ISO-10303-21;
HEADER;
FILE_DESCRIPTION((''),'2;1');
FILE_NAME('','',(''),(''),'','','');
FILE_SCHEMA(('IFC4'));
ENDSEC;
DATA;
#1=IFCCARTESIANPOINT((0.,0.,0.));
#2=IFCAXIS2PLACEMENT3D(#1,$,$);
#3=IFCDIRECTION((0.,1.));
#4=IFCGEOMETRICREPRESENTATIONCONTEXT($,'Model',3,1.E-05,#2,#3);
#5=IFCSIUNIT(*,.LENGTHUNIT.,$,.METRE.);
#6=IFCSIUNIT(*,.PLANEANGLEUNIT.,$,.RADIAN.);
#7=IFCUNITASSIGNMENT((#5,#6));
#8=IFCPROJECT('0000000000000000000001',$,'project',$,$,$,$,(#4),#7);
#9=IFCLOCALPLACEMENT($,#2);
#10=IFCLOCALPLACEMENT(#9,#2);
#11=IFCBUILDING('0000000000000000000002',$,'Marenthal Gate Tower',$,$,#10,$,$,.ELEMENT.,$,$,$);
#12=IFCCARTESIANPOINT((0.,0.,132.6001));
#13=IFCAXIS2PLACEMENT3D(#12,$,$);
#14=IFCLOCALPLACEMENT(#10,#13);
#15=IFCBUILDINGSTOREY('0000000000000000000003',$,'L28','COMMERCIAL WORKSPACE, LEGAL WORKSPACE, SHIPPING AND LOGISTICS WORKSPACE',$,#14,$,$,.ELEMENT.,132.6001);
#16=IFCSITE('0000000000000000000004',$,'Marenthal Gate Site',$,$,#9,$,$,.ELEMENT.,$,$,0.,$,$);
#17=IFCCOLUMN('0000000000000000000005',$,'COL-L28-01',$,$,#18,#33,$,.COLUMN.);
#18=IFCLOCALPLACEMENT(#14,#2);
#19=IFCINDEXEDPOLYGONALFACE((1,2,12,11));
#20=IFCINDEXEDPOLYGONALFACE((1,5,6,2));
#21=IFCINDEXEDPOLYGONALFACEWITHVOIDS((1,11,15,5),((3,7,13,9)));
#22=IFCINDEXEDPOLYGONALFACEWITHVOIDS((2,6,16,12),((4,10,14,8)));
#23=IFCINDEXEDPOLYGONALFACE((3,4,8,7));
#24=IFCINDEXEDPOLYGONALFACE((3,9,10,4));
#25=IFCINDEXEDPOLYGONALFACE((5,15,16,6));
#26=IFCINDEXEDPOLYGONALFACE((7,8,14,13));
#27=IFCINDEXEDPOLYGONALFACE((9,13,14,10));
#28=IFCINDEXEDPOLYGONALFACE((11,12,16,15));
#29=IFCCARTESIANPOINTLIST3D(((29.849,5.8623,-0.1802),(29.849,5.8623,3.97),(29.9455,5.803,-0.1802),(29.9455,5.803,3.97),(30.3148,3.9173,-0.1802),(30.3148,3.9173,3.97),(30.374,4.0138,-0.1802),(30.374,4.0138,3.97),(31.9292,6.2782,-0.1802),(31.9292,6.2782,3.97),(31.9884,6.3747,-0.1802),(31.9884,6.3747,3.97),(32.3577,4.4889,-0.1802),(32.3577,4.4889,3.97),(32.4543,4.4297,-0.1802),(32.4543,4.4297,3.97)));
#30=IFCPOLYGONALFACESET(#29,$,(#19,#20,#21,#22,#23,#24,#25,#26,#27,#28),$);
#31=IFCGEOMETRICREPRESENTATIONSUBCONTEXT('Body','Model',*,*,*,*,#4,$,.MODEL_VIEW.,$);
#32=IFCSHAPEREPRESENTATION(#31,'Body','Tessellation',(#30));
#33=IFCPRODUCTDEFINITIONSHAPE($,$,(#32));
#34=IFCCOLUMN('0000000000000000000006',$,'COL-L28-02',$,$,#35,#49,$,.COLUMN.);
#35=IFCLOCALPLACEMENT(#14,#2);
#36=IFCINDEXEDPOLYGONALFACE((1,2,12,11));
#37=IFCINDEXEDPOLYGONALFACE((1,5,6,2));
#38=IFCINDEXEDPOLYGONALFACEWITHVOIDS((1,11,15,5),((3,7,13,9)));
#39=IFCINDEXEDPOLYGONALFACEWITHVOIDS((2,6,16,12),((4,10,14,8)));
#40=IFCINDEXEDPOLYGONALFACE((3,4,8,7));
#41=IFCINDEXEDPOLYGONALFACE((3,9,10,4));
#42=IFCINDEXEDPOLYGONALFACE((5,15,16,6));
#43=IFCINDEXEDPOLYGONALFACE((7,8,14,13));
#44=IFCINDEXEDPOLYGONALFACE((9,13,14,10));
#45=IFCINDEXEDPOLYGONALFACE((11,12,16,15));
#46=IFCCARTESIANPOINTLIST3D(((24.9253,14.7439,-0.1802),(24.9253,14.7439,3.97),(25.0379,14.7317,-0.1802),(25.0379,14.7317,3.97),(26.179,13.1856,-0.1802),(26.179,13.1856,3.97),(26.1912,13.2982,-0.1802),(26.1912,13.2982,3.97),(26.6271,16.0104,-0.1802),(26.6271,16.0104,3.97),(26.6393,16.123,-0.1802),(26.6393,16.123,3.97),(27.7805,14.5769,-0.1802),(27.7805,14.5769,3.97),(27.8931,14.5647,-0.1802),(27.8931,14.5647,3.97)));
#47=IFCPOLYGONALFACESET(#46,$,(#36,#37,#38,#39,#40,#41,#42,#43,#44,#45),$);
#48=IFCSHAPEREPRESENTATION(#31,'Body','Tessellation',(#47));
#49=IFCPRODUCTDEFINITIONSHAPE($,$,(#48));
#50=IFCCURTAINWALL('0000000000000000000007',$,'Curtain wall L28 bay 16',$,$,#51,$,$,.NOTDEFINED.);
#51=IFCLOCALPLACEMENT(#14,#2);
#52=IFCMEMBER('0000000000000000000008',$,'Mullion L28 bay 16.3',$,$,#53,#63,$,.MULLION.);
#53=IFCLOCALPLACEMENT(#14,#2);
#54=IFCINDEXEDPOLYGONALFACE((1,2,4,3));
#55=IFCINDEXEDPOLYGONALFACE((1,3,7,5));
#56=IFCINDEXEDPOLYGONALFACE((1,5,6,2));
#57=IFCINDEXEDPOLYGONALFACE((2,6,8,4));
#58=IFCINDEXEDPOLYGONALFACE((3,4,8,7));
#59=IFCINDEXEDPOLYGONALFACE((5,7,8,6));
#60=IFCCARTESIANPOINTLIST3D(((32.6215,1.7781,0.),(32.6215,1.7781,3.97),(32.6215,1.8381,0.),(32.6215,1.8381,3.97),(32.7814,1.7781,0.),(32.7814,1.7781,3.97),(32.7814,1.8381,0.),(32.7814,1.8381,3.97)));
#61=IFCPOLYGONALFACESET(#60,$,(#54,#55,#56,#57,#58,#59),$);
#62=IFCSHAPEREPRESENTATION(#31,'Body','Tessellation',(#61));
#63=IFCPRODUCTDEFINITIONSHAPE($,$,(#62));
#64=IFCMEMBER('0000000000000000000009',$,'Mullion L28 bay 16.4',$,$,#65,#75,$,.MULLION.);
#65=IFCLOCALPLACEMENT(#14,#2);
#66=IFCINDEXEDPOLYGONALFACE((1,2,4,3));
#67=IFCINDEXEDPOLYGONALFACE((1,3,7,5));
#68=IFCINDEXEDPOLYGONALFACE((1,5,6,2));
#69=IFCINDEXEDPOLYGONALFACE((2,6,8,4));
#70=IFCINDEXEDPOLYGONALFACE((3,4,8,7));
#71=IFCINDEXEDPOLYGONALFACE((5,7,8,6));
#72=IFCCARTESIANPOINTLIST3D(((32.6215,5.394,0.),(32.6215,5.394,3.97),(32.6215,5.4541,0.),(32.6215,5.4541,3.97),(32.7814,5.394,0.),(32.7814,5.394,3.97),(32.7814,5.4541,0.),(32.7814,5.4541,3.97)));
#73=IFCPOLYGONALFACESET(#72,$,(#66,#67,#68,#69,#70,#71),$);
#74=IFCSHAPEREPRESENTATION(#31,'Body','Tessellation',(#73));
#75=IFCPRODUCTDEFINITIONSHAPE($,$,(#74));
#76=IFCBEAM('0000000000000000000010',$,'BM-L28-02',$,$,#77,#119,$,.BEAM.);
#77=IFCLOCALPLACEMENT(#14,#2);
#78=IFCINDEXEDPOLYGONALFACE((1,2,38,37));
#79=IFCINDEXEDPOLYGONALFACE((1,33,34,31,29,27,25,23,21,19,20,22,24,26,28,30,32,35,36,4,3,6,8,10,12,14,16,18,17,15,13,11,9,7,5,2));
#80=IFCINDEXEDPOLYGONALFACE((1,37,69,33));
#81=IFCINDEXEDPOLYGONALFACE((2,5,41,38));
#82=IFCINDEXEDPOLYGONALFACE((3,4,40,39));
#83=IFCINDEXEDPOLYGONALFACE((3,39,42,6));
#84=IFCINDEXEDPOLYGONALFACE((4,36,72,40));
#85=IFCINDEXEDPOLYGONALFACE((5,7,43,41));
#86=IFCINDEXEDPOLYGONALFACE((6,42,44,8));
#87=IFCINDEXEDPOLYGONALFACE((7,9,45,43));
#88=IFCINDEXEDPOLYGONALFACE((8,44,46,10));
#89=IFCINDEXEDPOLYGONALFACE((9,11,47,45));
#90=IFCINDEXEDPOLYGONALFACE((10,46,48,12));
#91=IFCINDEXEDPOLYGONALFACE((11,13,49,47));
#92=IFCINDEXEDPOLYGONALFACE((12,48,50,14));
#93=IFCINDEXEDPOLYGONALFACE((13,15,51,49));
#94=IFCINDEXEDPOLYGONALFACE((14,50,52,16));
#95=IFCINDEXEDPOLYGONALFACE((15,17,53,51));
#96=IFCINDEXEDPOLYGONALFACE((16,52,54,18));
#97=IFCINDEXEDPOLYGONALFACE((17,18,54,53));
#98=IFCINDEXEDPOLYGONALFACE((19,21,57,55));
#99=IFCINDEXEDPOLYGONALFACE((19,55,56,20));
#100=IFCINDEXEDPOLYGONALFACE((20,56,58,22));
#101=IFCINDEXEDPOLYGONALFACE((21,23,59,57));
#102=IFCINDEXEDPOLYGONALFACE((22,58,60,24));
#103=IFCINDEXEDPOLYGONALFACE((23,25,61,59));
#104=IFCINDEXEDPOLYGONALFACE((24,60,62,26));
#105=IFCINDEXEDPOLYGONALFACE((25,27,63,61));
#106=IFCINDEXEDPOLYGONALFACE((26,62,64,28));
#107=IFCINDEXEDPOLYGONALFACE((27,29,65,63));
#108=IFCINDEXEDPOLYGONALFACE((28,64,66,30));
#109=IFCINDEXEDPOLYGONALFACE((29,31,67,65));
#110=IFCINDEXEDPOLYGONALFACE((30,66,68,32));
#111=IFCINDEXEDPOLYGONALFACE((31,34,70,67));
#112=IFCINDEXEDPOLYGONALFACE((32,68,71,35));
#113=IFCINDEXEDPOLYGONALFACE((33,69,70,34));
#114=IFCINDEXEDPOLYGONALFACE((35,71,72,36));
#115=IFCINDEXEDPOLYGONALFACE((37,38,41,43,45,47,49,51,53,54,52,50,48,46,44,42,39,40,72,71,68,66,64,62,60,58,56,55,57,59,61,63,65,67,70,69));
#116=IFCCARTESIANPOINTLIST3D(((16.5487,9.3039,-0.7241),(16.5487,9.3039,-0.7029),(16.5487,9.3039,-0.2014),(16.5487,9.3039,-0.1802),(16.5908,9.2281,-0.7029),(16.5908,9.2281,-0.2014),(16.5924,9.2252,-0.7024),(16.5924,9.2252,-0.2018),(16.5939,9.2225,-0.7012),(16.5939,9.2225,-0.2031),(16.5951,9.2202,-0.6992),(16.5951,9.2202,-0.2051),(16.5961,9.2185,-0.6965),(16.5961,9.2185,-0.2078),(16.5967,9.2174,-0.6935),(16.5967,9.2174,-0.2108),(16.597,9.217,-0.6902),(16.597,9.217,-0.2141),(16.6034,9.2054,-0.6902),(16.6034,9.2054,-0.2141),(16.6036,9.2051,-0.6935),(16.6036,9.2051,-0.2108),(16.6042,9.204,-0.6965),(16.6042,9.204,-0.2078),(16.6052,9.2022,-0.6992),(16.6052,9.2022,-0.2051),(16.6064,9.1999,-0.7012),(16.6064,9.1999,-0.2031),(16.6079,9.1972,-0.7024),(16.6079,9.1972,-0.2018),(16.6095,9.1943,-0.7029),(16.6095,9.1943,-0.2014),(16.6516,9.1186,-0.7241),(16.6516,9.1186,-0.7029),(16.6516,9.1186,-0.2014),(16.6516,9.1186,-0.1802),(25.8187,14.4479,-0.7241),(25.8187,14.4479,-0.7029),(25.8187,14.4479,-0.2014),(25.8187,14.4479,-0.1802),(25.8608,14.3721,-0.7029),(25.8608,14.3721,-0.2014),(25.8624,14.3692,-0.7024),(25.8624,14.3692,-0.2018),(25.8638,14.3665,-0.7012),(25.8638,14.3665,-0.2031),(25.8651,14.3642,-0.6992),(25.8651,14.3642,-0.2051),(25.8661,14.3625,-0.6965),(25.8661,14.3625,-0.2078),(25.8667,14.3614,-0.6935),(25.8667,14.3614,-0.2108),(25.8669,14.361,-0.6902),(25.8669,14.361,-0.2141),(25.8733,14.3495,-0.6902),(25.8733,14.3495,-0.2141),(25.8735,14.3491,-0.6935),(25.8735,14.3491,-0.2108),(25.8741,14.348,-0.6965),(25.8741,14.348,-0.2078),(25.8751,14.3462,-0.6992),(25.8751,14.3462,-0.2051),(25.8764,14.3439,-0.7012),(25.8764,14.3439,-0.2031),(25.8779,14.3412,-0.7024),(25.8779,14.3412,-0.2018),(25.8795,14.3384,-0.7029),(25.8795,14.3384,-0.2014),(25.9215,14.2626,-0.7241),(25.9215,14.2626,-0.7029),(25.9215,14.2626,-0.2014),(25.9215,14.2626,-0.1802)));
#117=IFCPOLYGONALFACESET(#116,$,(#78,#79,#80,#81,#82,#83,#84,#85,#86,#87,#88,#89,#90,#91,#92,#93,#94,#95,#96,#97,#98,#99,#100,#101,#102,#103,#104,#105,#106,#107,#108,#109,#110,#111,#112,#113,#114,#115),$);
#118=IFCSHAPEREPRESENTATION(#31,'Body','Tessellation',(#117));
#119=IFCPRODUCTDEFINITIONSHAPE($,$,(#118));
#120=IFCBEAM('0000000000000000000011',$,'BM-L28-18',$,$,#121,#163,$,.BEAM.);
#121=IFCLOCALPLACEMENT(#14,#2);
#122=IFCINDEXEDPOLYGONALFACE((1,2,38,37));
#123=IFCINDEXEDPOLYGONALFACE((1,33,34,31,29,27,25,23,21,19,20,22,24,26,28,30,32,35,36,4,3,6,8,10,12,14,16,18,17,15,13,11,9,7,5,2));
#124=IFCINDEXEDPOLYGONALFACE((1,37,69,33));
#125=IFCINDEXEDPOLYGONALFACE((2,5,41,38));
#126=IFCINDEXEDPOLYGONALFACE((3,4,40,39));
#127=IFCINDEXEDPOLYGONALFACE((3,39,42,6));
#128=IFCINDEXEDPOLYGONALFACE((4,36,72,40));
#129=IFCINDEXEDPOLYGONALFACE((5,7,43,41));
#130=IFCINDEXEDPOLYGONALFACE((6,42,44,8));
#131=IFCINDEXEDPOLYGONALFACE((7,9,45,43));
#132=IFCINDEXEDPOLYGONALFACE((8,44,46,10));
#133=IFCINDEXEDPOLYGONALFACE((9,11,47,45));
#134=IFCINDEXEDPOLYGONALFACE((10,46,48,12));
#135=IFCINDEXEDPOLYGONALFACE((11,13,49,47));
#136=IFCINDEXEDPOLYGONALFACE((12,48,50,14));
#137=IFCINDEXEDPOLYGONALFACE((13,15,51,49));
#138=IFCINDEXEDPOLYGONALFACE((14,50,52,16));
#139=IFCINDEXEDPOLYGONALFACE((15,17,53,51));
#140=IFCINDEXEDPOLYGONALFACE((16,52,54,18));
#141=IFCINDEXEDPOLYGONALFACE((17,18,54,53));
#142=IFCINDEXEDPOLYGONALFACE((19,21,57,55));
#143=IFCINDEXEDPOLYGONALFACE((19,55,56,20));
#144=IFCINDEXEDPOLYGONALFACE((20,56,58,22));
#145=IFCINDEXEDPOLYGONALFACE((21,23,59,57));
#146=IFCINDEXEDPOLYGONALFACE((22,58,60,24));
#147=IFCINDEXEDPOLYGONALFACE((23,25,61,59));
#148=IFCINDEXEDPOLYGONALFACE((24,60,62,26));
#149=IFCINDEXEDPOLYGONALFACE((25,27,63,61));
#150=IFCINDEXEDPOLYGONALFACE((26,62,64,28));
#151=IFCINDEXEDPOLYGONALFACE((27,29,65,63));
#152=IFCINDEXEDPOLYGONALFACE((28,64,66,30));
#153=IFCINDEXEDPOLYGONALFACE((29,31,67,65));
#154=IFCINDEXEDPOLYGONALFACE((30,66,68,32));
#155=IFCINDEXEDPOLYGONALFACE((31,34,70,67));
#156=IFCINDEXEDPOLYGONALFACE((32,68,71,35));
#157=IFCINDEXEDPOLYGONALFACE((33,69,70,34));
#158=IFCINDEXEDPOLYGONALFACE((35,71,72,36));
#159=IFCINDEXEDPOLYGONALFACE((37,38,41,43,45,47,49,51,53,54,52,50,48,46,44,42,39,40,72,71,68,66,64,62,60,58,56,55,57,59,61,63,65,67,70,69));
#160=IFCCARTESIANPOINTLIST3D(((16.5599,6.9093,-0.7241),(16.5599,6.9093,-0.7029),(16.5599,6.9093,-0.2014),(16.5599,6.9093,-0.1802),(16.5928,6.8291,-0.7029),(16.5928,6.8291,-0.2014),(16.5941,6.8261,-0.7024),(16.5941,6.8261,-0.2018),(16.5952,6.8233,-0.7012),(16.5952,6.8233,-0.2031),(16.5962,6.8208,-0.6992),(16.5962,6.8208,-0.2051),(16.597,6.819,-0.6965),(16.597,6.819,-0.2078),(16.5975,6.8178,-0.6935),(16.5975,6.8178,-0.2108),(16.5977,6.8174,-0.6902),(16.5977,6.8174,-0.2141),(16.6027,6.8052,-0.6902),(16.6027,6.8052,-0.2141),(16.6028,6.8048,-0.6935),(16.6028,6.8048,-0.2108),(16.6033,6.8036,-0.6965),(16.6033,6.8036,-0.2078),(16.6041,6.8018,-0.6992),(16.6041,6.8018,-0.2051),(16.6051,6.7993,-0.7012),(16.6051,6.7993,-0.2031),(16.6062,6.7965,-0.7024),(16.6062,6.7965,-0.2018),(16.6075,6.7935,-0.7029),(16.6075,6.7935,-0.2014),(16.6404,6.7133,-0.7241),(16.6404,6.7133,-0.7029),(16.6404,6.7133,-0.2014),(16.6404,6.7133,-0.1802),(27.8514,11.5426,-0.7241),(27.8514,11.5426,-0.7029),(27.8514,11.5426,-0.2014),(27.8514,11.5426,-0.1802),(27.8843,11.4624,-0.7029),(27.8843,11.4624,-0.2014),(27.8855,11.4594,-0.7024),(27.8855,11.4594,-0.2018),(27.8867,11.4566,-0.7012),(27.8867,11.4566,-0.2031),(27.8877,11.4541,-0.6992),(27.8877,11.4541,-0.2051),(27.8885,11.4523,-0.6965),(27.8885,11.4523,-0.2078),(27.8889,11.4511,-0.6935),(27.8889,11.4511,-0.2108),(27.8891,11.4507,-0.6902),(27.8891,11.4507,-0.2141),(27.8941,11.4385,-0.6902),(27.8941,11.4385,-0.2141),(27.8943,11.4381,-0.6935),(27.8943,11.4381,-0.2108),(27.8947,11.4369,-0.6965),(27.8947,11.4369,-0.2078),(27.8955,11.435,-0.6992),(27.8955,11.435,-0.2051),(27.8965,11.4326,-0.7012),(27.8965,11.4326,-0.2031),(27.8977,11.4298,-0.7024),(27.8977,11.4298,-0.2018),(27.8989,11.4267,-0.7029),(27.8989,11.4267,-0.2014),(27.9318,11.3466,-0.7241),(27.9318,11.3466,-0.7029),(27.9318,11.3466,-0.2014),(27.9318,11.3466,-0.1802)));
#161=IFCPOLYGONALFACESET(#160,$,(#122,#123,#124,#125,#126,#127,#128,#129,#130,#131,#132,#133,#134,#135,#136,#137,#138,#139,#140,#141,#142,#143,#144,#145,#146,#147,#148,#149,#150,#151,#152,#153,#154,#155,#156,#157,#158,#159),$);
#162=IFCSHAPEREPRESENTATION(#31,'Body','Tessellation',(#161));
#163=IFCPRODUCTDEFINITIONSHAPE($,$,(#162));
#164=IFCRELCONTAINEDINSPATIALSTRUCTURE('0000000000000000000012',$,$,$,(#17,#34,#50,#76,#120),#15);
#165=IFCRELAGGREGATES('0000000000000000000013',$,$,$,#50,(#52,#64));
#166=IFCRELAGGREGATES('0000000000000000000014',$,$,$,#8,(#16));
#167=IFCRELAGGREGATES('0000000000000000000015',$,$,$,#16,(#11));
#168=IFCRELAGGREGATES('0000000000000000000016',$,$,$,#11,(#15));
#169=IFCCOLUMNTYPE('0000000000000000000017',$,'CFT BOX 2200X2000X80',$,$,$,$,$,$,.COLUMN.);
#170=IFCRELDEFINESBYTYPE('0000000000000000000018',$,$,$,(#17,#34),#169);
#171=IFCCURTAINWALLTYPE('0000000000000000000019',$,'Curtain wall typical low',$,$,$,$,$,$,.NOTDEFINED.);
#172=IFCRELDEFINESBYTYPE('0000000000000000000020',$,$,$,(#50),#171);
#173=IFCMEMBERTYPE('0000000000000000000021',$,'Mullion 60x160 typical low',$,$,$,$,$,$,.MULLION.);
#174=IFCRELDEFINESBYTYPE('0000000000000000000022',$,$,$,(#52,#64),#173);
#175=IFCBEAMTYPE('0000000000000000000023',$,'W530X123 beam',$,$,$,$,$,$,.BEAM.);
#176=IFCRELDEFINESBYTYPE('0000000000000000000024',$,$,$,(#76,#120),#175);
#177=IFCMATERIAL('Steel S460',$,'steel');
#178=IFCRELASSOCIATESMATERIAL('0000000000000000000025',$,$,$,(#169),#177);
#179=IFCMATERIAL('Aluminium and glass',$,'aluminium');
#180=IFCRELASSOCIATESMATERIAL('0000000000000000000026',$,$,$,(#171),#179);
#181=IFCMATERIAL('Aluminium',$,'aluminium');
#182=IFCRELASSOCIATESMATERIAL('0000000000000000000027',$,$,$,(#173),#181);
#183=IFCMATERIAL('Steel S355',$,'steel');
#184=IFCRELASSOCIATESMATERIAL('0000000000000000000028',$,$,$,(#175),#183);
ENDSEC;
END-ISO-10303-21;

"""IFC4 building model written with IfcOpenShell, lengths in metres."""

from ifc_helpers import new_model, si_unit, direction, frame, origin, origin_2d, place, context, subcontext, project, spatial, rectangle, hollow_rectangle, i_section, extrude, material, material_profile, profile_set, type_object, element, aggregate, save


model = new_model("IFC4")

# Units and contexts
model_context = context("Model", 3, precision=1e-05, world=origin(), true_north=direction((0.0, 1.0)))
body_context = subcontext(model_context, "Body", "Model", "MODEL_VIEW")
ifc_project = project(units=[si_unit("LENGTHUNIT", "METRE"), si_unit("PLANEANGLEUNIT", "RADIAN")], contexts=[model_context])

# Site, building, storey
site_placement = place(None, origin())
site = spatial("IfcSite", under=ifc_project, at=site_placement, Name="Marenthal Gate Site", CompositionType="ELEMENT", RefElevation=0.0)
building_placement = place(site_placement, origin())
building = spatial("IfcBuilding", under=site, at=building_placement, Name="Marenthal Gate Tower", CompositionType="ELEMENT")
storey_placement = place(building_placement, frame((0.0, 0.0, 132.6001)))
storey = spatial("IfcBuildingStorey", under=building, at=storey_placement, Name="L28", Description="COMMERCIAL WORKSPACE, LEGAL WORKSPACE, SHIPPING AND LOGISTICS WORKSPACE", CompositionType="ELEMENT", Elevation=132.6001)

# Columns
ifc_material_1 = material(Name="Steel S460", Category="steel")
ifc_material_profile_1 = material_profile(ifc_material_1, hollow_rectangle(XDim=2.0, YDim=2.2, WallThickness=0.0801, at=origin_2d()), Name="CFT BOX 2200X2000X80")
ifc_material_2 = material(Name="Concrete 70 MPa", Category="concrete")
ifc_material_profile_2 = material_profile(ifc_material_2, rectangle(XDim=1.8401, YDim=2.04, at=origin_2d()), Name="CFT BOX 2200X2000X80 INFILL")
ifc_profile_set_1 = profile_set([ifc_material_profile_1, ifc_material_profile_2], Name="Steel S460 shell, Concrete 70 MPa infill")
column_type = type_object("IfcColumnType", Name="CFT BOX 2200X2000X80", PredefinedType="COLUMN", material=ifc_profile_set_1)
for number, where, z_axis, x_axis, name in (
    (1, (31.1516, 5.146, -0.1802), (0.0, 0.0, 1.0), (0.232933, -0.972493, 0.0), "COL-L28-01"),
    (2, (26.4092, 14.6543, -0.1802), (0.0, 0.0, 1.0), (0.626873, -0.779121, 0.0), "COL-L28-02"),
):
    element("IfcColumn", number, at=place(storey_placement, frame(where, z_axis=z_axis, x_axis=x_axis)), inside=storey, type_object=column_type, Name=name, PredefinedType="COLUMN", context=body_context, shape_type="SweptSolid", body=[
        extrude(hollow_rectangle(XDim=2.0, YDim=2.2, WallThickness=0.0801, at=origin_2d()), origin(), (0.0, 0.0, 1.0), 4.1501),
    ])

# Curtain wall, members
ifc_material_3 = material(Name="Aluminium and glass", Category="aluminium")
curtain_wall_type = type_object("IfcCurtainWallType", Name="Curtain wall typical low", PredefinedType="NOTDEFINED", material=ifc_material_3)
curtain_wall_placement = place(storey_placement, origin())
curtain_wall = element("IfcCurtainWall", 3, at=curtain_wall_placement, inside=storey, type_object=curtain_wall_type, Name="Curtain wall L28 bay 16", PredefinedType="NOTDEFINED")
ifc_material_4 = material(Name="Aluminium", Category="aluminium")
ifc_material_profile_3 = material_profile(ifc_material_4, rectangle(XDim=0.1599, YDim=0.0601, at=origin_2d()), Name="60x160 aluminium mullion")
ifc_profile_set_2 = profile_set([ifc_material_profile_3], Name="Aluminium")
member_type = type_object("IfcMemberType", Name="Mullion 60x160 typical low", PredefinedType="MULLION", material=ifc_profile_set_2)
member_1_placement = place(storey_placement, frame((32.7014, 1.8081, 0.0), z_axis=(0.0, 0.0, 1.0), x_axis=(-1.0, 0.0, 0.0)))
member_1 = element("IfcMember", 4, at=member_1_placement, type_object=member_type, Name="Mullion L28 bay 16.3", PredefinedType="MULLION", context=body_context, shape_type="SweptSolid", body=[
    extrude(rectangle(XDim=0.1599, YDim=0.0601, at=origin_2d()), origin(), (0.0, 0.0, 1.0), 3.97),
])
member_2_placement = place(storey_placement, frame((32.7014, 5.4241, 0.0), z_axis=(0.0, 0.0, 1.0), x_axis=(-1.0, 0.0, 0.0)))
member_2 = element("IfcMember", 5, at=member_2_placement, type_object=member_type, Name="Mullion L28 bay 16.4", PredefinedType="MULLION", context=body_context, shape_type="SweptSolid", body=[
    extrude(rectangle(XDim=0.1599, YDim=0.0601, at=origin_2d()), origin(), (0.0, 0.0, 1.0), 3.97),
])

# Beams
ifc_material_5 = material(Name="Steel S355", Category="steel")
ifc_material_profile_4 = material_profile(ifc_material_5, i_section(OverallWidth=0.2119, OverallDepth=0.5439, WebThickness=0.0132, FlangeThickness=0.0212, FilletRadius=0.0127, at=origin_2d()), Name="W530X123")
ifc_profile_set_3 = profile_set([ifc_material_profile_4], Name="Steel S355")
beam_type_1 = type_object("IfcBeamType", Name="W530X123 beam", PredefinedType="BEAM", material=ifc_profile_set_3)
beam_1_placement = place(storey_placement, frame((25.8701, 14.3552, -0.4521), z_axis=(-0.874396, -0.485213, 0.0), x_axis=(0.485213, -0.874396, 0.0)))
element("IfcBeam", 6, at=beam_1_placement, inside=storey, type_object=beam_type_1, Name="BM-L28-02", PredefinedType="BEAM", context=body_context, shape_type="SweptSolid", body=[
    extrude(i_section(OverallWidth=0.2119, OverallDepth=0.5439, WebThickness=0.0132, FlangeThickness=0.0212, FilletRadius=0.0127, at=origin_2d()), origin(), (0.0, 0.0, 1.0), 10.6016),
])
beam_2_placement = place(storey_placement, frame((27.8916, 11.4446, -0.4521), z_axis=(-0.925143, -0.379619, 0.0), x_axis=(0.379619, -0.925143, 0.0)))
element("IfcBeam", 7, at=beam_2_placement, inside=storey, type_object=beam_type_1, Name="BM-L28-18", PredefinedType="BEAM", context=body_context, shape_type="SweptSolid", body=[
    extrude(i_section(OverallWidth=0.2119, OverallDepth=0.5439, WebThickness=0.0132, FlangeThickness=0.0212, FilletRadius=0.0127, at=origin_2d()), origin(), (0.0, 0.0, 1.0), 12.2051),
])

aggregate(curtain_wall, [member_1, member_2])

save(model, "model.ifc")
